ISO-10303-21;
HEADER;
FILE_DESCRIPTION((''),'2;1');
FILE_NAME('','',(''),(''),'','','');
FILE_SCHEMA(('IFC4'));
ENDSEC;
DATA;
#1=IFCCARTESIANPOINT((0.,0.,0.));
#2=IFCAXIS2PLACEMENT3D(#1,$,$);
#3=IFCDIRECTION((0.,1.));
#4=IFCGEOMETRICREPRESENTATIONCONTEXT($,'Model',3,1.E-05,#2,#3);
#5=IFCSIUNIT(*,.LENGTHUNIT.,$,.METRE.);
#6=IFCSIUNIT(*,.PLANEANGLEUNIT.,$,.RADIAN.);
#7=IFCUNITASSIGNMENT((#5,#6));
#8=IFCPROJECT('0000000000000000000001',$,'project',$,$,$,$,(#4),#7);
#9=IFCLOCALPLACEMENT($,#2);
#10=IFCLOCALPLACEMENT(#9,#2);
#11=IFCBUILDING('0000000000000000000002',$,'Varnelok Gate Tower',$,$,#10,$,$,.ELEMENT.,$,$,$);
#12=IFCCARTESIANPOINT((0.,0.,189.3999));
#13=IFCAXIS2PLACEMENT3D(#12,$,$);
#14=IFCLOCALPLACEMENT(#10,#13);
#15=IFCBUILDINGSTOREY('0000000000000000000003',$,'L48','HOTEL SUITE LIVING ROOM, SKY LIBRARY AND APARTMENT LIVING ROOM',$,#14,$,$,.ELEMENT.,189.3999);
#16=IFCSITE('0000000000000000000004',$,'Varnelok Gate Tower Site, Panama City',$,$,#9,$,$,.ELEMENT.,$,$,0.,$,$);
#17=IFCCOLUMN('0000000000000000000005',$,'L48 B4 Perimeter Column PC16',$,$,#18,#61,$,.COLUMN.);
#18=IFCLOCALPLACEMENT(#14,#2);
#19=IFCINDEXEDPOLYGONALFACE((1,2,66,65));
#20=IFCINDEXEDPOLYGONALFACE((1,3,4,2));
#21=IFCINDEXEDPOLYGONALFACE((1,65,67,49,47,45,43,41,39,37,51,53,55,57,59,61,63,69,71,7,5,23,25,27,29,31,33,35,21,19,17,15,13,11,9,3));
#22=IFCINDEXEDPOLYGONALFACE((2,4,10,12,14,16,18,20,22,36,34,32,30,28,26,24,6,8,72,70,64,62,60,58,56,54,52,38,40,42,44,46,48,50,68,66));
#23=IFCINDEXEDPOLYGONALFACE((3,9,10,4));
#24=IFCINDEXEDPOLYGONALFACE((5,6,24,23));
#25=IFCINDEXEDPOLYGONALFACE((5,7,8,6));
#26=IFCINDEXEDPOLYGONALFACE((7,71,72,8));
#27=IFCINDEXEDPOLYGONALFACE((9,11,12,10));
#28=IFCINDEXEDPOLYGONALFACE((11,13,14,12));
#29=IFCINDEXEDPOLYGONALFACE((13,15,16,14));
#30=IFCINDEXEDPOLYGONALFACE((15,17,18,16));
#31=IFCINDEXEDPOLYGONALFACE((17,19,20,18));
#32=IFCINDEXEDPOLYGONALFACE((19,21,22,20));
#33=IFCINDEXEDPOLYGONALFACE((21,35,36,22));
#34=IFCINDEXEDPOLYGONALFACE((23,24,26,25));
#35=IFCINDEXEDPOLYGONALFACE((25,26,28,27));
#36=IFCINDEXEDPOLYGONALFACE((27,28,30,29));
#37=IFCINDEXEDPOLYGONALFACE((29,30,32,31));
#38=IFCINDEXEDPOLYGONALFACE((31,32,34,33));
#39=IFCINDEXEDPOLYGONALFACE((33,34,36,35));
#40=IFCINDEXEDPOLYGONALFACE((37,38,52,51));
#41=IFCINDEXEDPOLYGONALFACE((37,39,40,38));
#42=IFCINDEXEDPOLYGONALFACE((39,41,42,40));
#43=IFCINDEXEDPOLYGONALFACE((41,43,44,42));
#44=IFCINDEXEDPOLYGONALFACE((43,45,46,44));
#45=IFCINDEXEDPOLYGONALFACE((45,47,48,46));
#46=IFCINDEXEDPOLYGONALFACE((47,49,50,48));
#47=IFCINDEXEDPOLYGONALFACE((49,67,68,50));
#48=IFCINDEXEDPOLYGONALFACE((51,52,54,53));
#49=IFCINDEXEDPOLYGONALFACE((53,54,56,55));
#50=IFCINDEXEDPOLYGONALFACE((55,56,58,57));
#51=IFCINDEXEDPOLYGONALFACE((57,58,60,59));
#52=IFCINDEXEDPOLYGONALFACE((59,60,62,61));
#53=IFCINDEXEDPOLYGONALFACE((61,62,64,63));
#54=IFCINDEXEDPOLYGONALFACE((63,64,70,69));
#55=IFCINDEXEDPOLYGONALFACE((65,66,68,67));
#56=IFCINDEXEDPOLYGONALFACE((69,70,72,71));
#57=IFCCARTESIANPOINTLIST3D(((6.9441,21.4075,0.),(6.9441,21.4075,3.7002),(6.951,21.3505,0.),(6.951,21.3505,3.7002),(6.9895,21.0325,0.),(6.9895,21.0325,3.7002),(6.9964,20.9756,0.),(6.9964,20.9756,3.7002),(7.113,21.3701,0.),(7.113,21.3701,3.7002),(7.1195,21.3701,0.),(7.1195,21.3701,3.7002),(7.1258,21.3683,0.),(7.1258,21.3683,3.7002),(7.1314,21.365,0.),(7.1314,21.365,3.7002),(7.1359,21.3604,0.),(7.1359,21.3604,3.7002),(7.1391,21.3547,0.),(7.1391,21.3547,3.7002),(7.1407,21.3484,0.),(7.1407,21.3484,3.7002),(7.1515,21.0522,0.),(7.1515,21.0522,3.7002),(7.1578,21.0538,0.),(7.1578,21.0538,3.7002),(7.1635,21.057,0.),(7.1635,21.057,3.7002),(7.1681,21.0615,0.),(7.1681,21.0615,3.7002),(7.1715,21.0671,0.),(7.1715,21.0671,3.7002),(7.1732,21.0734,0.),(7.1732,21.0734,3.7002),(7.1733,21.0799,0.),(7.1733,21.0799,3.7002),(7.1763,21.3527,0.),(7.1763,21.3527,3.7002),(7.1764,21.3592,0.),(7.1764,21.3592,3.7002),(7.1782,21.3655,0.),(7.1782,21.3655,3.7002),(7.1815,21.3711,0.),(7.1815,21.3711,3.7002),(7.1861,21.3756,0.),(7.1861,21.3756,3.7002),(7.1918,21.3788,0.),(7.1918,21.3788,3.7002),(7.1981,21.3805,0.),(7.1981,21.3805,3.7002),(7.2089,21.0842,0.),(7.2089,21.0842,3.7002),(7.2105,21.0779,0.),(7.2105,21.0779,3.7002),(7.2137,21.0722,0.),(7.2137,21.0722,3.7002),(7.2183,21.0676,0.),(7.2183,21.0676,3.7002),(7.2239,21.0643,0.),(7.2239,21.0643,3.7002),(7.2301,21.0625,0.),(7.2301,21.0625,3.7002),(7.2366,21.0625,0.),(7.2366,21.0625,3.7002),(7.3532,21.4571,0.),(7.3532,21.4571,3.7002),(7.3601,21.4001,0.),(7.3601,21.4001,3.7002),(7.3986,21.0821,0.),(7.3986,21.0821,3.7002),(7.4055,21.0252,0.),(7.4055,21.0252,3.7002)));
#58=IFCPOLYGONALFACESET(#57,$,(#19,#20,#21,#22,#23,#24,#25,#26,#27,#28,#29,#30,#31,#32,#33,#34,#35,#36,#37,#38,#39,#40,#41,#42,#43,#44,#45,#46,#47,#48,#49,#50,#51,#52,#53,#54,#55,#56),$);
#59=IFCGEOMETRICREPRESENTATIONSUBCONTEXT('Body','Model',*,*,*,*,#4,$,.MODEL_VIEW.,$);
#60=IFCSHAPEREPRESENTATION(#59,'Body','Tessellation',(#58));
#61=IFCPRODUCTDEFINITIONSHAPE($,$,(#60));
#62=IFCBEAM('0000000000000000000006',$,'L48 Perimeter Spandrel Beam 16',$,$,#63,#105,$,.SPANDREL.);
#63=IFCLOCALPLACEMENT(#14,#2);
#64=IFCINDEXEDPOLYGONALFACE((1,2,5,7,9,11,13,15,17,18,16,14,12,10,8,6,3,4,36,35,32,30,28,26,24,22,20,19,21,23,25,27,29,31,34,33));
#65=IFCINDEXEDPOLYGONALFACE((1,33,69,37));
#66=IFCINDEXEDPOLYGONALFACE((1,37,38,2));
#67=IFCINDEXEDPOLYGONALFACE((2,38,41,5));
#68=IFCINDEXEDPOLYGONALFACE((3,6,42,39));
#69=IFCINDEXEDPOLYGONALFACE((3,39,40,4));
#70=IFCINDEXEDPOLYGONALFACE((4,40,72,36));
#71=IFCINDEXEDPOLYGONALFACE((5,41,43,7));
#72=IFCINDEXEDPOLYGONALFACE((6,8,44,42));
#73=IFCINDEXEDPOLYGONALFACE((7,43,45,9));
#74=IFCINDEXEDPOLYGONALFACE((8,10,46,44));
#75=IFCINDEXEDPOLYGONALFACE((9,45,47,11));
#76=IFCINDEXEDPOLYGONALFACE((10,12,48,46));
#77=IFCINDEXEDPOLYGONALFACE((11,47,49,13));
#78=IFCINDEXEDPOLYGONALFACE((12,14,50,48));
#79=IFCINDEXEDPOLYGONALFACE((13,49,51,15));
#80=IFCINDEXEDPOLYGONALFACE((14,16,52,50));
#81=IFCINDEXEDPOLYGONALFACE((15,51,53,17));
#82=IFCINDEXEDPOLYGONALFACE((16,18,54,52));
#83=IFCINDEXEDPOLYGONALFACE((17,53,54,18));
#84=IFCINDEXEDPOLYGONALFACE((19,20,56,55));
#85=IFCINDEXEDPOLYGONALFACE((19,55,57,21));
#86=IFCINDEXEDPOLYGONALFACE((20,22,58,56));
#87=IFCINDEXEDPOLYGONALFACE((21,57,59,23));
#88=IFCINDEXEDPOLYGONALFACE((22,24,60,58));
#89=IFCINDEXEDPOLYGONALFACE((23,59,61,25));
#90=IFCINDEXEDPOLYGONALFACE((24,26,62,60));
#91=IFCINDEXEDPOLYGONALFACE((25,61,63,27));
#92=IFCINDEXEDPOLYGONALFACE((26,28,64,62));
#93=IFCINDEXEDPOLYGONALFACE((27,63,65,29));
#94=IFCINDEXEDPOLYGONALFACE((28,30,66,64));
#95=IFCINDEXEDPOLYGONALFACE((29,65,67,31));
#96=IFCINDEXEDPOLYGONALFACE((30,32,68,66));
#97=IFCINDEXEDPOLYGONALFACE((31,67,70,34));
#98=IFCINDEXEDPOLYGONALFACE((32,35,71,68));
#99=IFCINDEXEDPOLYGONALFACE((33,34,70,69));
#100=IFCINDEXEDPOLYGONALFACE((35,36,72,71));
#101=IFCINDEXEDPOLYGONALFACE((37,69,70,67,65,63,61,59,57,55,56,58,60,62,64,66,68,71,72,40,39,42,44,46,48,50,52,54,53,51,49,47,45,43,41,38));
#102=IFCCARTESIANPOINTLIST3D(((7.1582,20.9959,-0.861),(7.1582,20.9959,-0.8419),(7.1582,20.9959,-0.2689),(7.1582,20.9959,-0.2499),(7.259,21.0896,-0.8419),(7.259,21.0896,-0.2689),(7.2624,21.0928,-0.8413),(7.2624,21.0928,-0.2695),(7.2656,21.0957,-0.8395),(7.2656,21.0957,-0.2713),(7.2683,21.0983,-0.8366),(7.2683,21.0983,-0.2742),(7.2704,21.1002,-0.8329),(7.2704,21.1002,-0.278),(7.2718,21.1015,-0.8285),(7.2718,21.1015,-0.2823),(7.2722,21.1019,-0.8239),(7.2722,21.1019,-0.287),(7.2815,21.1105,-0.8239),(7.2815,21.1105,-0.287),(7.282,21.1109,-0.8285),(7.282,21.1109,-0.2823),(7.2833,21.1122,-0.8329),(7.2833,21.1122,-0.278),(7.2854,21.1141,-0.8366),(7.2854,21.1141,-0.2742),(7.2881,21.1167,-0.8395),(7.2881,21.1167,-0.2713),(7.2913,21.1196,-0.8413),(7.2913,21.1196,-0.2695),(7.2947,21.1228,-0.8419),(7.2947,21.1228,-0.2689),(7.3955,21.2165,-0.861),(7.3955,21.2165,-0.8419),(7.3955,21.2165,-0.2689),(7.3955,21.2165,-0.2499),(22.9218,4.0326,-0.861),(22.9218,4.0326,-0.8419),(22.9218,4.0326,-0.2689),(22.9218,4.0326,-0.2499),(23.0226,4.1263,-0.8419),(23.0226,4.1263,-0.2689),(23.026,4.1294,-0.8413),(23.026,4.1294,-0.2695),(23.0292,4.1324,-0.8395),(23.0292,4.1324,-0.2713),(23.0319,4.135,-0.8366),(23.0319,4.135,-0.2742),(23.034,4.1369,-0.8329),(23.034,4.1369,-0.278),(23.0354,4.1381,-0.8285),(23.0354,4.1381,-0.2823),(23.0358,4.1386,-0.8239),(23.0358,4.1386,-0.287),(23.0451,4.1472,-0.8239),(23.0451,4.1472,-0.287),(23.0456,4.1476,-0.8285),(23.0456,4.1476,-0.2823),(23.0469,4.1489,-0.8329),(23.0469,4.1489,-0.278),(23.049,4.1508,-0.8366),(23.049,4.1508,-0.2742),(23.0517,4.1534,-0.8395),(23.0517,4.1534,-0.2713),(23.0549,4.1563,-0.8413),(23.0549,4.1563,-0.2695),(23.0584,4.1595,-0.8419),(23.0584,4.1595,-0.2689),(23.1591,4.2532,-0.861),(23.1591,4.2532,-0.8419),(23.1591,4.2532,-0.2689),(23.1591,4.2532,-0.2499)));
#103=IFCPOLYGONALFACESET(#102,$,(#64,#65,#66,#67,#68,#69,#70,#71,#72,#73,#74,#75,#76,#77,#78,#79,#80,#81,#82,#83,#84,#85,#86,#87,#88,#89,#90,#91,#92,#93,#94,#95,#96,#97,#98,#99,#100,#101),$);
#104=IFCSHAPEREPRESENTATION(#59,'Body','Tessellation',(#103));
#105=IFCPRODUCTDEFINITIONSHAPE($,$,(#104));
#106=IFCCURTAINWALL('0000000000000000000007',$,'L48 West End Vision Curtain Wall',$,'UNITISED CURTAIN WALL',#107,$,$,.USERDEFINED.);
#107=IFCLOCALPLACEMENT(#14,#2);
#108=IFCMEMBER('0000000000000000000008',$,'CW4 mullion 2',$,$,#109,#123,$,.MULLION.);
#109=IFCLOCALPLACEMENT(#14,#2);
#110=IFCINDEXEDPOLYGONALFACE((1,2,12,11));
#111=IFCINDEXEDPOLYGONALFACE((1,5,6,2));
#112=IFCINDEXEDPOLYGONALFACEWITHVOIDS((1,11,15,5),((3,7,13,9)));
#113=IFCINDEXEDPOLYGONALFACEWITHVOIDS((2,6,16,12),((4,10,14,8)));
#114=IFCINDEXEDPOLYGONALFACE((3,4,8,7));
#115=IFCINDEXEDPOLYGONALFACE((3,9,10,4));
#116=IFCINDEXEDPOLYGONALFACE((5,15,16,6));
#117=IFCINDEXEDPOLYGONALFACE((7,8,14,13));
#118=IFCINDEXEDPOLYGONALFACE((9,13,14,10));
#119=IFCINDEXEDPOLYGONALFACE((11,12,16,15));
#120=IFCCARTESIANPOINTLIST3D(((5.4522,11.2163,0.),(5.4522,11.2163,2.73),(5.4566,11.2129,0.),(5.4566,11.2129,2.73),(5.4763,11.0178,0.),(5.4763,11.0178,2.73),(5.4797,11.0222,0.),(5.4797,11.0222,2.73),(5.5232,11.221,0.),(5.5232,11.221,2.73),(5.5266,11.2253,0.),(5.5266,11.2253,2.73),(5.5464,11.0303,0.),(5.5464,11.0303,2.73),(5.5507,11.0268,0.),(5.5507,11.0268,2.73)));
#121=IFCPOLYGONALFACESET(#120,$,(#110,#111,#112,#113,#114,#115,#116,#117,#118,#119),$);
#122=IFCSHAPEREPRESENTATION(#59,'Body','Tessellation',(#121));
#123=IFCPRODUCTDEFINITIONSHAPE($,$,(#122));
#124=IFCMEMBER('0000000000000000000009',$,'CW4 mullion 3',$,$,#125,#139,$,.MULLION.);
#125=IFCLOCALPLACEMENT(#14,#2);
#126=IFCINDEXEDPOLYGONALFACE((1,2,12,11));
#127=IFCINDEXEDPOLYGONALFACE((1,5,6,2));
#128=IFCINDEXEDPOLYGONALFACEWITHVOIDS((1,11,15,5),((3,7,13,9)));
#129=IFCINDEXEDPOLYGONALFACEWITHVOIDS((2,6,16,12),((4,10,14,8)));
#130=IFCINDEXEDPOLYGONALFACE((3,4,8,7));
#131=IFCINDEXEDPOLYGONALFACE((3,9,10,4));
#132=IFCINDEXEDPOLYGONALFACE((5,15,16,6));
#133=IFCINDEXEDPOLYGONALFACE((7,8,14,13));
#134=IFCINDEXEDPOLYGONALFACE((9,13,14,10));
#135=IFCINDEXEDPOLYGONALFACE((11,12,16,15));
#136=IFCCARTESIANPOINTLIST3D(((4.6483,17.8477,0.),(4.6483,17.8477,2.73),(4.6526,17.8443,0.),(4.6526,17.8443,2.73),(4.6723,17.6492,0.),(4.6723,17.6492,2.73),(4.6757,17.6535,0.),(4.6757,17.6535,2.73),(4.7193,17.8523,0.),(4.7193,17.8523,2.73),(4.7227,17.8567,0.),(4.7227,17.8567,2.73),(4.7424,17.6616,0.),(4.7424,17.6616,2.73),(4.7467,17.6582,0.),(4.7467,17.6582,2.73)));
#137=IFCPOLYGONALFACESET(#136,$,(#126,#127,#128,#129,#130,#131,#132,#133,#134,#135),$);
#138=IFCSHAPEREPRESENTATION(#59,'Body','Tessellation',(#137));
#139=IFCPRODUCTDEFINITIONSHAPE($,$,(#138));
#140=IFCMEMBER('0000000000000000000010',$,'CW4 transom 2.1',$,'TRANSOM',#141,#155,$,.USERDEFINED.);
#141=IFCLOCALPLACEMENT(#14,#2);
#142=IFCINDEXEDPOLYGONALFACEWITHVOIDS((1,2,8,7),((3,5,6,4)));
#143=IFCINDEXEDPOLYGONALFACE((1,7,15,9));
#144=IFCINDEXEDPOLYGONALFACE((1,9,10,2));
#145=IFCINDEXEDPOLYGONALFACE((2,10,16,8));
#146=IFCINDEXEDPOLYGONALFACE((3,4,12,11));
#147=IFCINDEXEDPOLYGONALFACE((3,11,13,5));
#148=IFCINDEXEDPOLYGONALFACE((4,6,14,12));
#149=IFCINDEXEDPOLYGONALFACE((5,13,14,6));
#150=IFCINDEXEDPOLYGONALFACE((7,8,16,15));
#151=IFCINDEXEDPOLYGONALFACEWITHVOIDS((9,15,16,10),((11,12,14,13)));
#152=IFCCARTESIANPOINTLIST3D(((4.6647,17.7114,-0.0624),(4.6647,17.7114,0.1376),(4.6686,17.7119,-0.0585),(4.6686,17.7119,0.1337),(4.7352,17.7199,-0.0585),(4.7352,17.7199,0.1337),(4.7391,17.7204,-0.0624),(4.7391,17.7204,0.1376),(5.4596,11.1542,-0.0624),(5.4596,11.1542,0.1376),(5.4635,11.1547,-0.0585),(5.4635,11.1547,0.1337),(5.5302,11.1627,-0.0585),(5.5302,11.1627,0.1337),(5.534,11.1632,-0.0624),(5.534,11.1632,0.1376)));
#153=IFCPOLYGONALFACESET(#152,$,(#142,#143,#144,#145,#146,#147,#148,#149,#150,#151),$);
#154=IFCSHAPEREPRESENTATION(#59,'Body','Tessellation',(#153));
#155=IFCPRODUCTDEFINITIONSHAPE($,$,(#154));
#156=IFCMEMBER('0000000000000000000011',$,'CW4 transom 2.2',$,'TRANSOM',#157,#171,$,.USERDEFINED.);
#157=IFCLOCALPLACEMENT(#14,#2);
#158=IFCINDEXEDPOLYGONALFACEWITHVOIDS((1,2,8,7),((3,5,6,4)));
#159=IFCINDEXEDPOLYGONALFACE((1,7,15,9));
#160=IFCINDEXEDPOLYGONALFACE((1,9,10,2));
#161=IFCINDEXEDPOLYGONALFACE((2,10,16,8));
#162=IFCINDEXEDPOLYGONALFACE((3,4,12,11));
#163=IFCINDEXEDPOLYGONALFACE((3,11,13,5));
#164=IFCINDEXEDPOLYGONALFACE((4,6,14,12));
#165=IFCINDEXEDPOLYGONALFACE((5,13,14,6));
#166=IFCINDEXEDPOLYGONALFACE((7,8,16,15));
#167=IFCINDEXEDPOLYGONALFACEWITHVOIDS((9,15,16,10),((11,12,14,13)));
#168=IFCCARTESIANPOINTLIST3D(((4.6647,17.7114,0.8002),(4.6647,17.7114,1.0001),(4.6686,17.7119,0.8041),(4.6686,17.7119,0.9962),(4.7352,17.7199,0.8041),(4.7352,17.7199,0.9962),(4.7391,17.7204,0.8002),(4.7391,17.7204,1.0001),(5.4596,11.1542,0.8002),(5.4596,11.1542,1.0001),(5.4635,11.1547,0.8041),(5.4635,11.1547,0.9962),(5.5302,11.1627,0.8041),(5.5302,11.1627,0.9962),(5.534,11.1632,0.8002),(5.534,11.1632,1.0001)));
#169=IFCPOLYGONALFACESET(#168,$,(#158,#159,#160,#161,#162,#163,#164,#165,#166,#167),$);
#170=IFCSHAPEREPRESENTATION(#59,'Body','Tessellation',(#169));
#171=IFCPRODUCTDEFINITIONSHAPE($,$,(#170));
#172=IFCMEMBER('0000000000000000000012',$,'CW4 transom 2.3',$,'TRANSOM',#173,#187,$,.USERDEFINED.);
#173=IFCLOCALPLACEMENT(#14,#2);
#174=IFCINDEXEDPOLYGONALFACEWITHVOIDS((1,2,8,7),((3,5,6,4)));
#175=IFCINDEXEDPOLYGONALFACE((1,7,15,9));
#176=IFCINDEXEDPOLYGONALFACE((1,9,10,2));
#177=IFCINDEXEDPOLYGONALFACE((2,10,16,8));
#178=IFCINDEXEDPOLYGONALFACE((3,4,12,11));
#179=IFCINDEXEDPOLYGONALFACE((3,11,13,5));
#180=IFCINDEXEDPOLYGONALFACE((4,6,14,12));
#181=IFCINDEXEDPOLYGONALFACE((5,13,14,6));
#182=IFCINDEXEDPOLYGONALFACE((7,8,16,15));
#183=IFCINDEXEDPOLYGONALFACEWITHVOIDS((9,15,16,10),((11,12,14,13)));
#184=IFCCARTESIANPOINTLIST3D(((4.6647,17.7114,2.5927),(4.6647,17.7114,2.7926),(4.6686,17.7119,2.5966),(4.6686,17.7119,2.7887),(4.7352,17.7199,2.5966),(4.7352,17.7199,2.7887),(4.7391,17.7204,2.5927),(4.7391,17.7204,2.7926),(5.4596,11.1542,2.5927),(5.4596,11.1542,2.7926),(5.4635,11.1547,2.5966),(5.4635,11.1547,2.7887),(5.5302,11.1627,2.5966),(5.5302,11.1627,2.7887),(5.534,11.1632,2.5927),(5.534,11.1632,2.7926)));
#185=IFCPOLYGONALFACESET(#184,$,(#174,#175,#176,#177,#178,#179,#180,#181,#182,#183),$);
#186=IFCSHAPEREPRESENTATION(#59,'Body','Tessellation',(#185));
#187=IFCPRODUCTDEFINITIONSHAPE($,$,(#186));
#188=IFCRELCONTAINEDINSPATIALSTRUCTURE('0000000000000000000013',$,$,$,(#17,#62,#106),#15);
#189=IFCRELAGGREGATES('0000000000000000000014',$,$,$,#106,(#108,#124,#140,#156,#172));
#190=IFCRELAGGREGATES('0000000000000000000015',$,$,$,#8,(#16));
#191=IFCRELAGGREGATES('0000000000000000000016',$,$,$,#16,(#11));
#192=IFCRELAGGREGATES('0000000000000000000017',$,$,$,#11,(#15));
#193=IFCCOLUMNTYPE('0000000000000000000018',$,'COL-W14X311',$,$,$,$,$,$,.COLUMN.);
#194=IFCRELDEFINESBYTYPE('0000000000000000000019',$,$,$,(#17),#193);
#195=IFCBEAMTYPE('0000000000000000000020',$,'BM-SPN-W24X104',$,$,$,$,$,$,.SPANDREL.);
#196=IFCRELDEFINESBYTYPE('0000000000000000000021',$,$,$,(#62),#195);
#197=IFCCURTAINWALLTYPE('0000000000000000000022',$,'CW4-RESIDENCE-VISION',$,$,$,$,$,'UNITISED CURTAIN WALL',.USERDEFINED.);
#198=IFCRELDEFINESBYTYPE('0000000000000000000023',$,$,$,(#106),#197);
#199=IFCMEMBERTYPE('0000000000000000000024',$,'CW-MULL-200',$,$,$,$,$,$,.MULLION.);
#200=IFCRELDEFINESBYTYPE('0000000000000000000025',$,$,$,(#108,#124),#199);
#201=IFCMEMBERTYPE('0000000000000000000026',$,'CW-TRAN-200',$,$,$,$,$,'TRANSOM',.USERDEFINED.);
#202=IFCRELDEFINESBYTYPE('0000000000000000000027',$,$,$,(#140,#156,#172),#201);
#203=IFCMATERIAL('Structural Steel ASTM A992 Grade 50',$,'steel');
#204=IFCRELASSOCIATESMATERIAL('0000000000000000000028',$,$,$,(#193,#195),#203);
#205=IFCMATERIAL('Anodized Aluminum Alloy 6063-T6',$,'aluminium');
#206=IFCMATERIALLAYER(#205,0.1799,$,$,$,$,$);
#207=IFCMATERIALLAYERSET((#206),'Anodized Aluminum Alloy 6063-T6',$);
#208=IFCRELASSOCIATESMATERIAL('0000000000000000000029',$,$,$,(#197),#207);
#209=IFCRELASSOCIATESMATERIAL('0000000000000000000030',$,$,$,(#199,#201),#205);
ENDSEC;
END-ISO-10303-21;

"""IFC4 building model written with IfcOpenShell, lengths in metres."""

from ifc_helpers import new_model, si_unit, direction, frame, origin, origin_2d, place, context, subcontext, project, spatial, hollow_rectangle, i_section, extrude, material, layer, layer_set, material_profile, profile_set, type_object, element, aggregate, save


model = new_model("IFC4")

# Units and contexts
model_context = context("Model", 3, precision=1e-05, world=origin(), true_north=direction((0.0, 1.0)))
body_context = subcontext(model_context, "Body", "Model", "MODEL_VIEW")
ifc_project = project(units=[si_unit("LENGTHUNIT", "METRE"), si_unit("PLANEANGLEUNIT", "RADIAN")], contexts=[model_context])

# Site, building, storey
site_placement = place(None, origin())
site = spatial("IfcSite", under=ifc_project, at=site_placement, Name="Varnelok Gate Tower Site, Panama City", CompositionType="ELEMENT", RefElevation=0.0)
building_placement = place(site_placement, origin())
building = spatial("IfcBuilding", under=site, at=building_placement, Name="Varnelok Gate Tower", CompositionType="ELEMENT")
storey_placement = place(building_placement, frame((0.0, 0.0, 189.3999)))
storey = spatial("IfcBuildingStorey", under=building, at=storey_placement, Name="L48", Description="HOTEL SUITE LIVING ROOM, SKY LIBRARY AND APARTMENT LIVING ROOM", CompositionType="ELEMENT", Elevation=189.3999)

# Column
ifc_material_1 = material(Name="Structural Steel ASTM A992 Grade 50", Category="steel")
ifc_material_profile_1 = material_profile(ifc_material_1, i_section(OverallWidth=0.4121, OverallDepth=0.4351, WebThickness=0.0359, FlangeThickness=0.0574, FilletRadius=0.0249, at=origin_2d()), Name="W14X311")
ifc_profile_set_1 = profile_set([ifc_material_profile_1], Name="Structural Steel ASTM A992 Grade 50")
column_type = type_object("IfcColumnType", Name="COL-W14X311", PredefinedType="COLUMN", material=ifc_profile_set_1)
column_placement = place(storey_placement, frame((7.1748, 21.2163, 0.0), z_axis=(0.0, 0.0, 1.0), x_axis=(0.992732, 0.120345, 0.0)))
element("IfcColumn", 1, at=column_placement, inside=storey, type_object=column_type, Name="L48 B4 Perimeter Column PC16", PredefinedType="COLUMN", context=body_context, shape_type="SweptSolid", body=[
    extrude(i_section(OverallWidth=0.4121, OverallDepth=0.4351, WebThickness=0.0359, FlangeThickness=0.0574, FilletRadius=0.0249, at=origin_2d()), origin(), (0.0, 0.0, 1.0), 3.7002),
])

# Beam
ifc_material_profile_2 = material_profile(ifc_material_1, i_section(OverallWidth=0.324, OverallDepth=0.6111, WebThickness=0.0127, FlangeThickness=0.019, FilletRadius=0.0181, at=origin_2d()), Name="W24X104")
ifc_profile_set_2 = profile_set([ifc_material_profile_2], Name="Structural Steel ASTM A992 Grade 50")
beam_type = type_object("IfcBeamType", Name="BM-SPN-W24X104", PredefinedType="SPANDREL", material=ifc_profile_set_2)
beam_placement = place(storey_placement, frame((7.2769, 21.1062, -0.5554), z_axis=(0.680728, -0.732536, 0.0), x_axis=(0.732536, 0.680728, 0.0)))
element("IfcBeam", 2, at=beam_placement, inside=storey, type_object=beam_type, Name="L48 Perimeter Spandrel Beam 16", PredefinedType="SPANDREL", context=body_context, shape_type="SweptSolid", body=[
    extrude(i_section(OverallWidth=0.324, OverallDepth=0.6111, WebThickness=0.0127, FlangeThickness=0.019, FilletRadius=0.0181, at=origin_2d()), origin(), (0.0, 0.0, 1.0), 23.157),
])

# Curtain wall, members
ifc_material_2 = material(Name="Anodized Aluminum Alloy 6063-T6", Category="aluminium")
ifc_layer_1 = layer(ifc_material_2, 0.1799)
ifc_layer_set_1 = layer_set([ifc_layer_1], Name="Anodized Aluminum Alloy 6063-T6")
curtain_wall_type = type_object("IfcCurtainWallType", Name="CW4-RESIDENCE-VISION", ElementType="UNITISED CURTAIN WALL", PredefinedType="USERDEFINED", material=ifc_layer_set_1)
curtain_wall_placement = place(storey_placement, origin())
curtain_wall = element("IfcCurtainWall", 3, at=curtain_wall_placement, inside=storey, type_object=curtain_wall_type, Name="L48 West End Vision Curtain Wall", ObjectType="UNITISED CURTAIN WALL", PredefinedType="USERDEFINED")
ifc_material_profile_3 = material_profile(ifc_material_2, hollow_rectangle(XDim=0.075, YDim=0.2, WallThickness=0.0039, at=origin_2d()), Name="ALU200X75X4")
ifc_profile_set_3 = profile_set([ifc_material_profile_3], Name="Anodized Aluminum Alloy 6063-T6")
member_type_1 = type_object("IfcMemberType", Name="CW-MULL-200", PredefinedType="MULLION", material=ifc_profile_set_3)
member_1_placement = place(storey_placement, frame((5.5015, 11.1216, 0.0), z_axis=(0.0, 0.0, 1.0), x_axis=(-0.992732, -0.120345, 0.0)))
member_1 = element("IfcMember", 4, at=member_1_placement, type_object=member_type_1, Name="CW4 mullion 2", PredefinedType="MULLION", context=body_context, shape_type="SweptSolid", body=[
    extrude(hollow_rectangle(XDim=0.075, YDim=0.2, WallThickness=0.0039, at=origin_2d()), origin(), (0.0, 0.0, 1.0), 2.73),
])
member_2_placement = place(storey_placement, frame((4.6975, 17.7529, 0.0), z_axis=(0.0, 0.0, 1.0), x_axis=(-0.992732, -0.120345, 0.0)))
member_2 = element("IfcMember", 5, at=member_2_placement, type_object=member_type_1, Name="CW4 mullion 3", PredefinedType="MULLION", context=body_context, shape_type="SweptSolid", body=[
    extrude(hollow_rectangle(XDim=0.075, YDim=0.2, WallThickness=0.0039, at=origin_2d()), origin(), (0.0, 0.0, 1.0), 2.73),
])
ifc_material_profile_4 = material_profile(ifc_material_2, hollow_rectangle(XDim=0.075, YDim=0.2, WallThickness=0.0039, at=origin_2d()), Name="ALU200X75X4")
ifc_profile_set_4 = profile_set([ifc_material_profile_4], Name="Anodized Aluminum Alloy 6063-T6")
member_type_2 = type_object("IfcMemberType", Name="CW-TRAN-200", ElementType="TRANSOM", PredefinedType="USERDEFINED", material=ifc_profile_set_4)
member_3_placement = place(storey_placement, frame((5.4968, 11.1587, 0.0376), z_axis=(-0.120349, 0.992732, 0.0), x_axis=(-0.992732, -0.120349, 0.0)))
member_3 = element("IfcMember", 6, at=member_3_placement, type_object=member_type_2, Name="CW4 transom 2.1", ObjectType="TRANSOM", PredefinedType="USERDEFINED", context=body_context, shape_type="SweptSolid", body=[
    extrude(hollow_rectangle(XDim=0.075, YDim=0.2, WallThickness=0.0039, at=origin_2d()), origin(), (0.0, 0.0, 1.0), 6.6052),
])
member_4_placement = place(storey_placement, frame((5.4968, 11.1587, 0.9001), z_axis=(-0.120349, 0.992732, 0.0), x_axis=(-0.992732, -0.120349, 0.0)))
member_4 = element("IfcMember", 7, at=member_4_placement, type_object=member_type_2, Name="CW4 transom 2.2", ObjectType="TRANSOM", PredefinedType="USERDEFINED", context=body_context, shape_type="SweptSolid", body=[
    extrude(hollow_rectangle(XDim=0.075, YDim=0.2, WallThickness=0.0039, at=origin_2d()), origin(), (0.0, 0.0, 1.0), 6.6052),
])
member_5_placement = place(storey_placement, frame((5.4968, 11.1587, 2.6926), z_axis=(-0.120349, 0.992732, 0.0), x_axis=(-0.992732, -0.120349, 0.0)))
member_5 = element("IfcMember", 8, at=member_5_placement, type_object=member_type_2, Name="CW4 transom 2.3", ObjectType="TRANSOM", PredefinedType="USERDEFINED", context=body_context, shape_type="SweptSolid", body=[
    extrude(hollow_rectangle(XDim=0.075, YDim=0.2, WallThickness=0.0039, at=origin_2d()), origin(), (0.0, 0.0, 1.0), 6.6052),
])
aggregate(curtain_wall, [member_1, member_2, member_3, member_4, member_5])

save(model, "model.ifc")
